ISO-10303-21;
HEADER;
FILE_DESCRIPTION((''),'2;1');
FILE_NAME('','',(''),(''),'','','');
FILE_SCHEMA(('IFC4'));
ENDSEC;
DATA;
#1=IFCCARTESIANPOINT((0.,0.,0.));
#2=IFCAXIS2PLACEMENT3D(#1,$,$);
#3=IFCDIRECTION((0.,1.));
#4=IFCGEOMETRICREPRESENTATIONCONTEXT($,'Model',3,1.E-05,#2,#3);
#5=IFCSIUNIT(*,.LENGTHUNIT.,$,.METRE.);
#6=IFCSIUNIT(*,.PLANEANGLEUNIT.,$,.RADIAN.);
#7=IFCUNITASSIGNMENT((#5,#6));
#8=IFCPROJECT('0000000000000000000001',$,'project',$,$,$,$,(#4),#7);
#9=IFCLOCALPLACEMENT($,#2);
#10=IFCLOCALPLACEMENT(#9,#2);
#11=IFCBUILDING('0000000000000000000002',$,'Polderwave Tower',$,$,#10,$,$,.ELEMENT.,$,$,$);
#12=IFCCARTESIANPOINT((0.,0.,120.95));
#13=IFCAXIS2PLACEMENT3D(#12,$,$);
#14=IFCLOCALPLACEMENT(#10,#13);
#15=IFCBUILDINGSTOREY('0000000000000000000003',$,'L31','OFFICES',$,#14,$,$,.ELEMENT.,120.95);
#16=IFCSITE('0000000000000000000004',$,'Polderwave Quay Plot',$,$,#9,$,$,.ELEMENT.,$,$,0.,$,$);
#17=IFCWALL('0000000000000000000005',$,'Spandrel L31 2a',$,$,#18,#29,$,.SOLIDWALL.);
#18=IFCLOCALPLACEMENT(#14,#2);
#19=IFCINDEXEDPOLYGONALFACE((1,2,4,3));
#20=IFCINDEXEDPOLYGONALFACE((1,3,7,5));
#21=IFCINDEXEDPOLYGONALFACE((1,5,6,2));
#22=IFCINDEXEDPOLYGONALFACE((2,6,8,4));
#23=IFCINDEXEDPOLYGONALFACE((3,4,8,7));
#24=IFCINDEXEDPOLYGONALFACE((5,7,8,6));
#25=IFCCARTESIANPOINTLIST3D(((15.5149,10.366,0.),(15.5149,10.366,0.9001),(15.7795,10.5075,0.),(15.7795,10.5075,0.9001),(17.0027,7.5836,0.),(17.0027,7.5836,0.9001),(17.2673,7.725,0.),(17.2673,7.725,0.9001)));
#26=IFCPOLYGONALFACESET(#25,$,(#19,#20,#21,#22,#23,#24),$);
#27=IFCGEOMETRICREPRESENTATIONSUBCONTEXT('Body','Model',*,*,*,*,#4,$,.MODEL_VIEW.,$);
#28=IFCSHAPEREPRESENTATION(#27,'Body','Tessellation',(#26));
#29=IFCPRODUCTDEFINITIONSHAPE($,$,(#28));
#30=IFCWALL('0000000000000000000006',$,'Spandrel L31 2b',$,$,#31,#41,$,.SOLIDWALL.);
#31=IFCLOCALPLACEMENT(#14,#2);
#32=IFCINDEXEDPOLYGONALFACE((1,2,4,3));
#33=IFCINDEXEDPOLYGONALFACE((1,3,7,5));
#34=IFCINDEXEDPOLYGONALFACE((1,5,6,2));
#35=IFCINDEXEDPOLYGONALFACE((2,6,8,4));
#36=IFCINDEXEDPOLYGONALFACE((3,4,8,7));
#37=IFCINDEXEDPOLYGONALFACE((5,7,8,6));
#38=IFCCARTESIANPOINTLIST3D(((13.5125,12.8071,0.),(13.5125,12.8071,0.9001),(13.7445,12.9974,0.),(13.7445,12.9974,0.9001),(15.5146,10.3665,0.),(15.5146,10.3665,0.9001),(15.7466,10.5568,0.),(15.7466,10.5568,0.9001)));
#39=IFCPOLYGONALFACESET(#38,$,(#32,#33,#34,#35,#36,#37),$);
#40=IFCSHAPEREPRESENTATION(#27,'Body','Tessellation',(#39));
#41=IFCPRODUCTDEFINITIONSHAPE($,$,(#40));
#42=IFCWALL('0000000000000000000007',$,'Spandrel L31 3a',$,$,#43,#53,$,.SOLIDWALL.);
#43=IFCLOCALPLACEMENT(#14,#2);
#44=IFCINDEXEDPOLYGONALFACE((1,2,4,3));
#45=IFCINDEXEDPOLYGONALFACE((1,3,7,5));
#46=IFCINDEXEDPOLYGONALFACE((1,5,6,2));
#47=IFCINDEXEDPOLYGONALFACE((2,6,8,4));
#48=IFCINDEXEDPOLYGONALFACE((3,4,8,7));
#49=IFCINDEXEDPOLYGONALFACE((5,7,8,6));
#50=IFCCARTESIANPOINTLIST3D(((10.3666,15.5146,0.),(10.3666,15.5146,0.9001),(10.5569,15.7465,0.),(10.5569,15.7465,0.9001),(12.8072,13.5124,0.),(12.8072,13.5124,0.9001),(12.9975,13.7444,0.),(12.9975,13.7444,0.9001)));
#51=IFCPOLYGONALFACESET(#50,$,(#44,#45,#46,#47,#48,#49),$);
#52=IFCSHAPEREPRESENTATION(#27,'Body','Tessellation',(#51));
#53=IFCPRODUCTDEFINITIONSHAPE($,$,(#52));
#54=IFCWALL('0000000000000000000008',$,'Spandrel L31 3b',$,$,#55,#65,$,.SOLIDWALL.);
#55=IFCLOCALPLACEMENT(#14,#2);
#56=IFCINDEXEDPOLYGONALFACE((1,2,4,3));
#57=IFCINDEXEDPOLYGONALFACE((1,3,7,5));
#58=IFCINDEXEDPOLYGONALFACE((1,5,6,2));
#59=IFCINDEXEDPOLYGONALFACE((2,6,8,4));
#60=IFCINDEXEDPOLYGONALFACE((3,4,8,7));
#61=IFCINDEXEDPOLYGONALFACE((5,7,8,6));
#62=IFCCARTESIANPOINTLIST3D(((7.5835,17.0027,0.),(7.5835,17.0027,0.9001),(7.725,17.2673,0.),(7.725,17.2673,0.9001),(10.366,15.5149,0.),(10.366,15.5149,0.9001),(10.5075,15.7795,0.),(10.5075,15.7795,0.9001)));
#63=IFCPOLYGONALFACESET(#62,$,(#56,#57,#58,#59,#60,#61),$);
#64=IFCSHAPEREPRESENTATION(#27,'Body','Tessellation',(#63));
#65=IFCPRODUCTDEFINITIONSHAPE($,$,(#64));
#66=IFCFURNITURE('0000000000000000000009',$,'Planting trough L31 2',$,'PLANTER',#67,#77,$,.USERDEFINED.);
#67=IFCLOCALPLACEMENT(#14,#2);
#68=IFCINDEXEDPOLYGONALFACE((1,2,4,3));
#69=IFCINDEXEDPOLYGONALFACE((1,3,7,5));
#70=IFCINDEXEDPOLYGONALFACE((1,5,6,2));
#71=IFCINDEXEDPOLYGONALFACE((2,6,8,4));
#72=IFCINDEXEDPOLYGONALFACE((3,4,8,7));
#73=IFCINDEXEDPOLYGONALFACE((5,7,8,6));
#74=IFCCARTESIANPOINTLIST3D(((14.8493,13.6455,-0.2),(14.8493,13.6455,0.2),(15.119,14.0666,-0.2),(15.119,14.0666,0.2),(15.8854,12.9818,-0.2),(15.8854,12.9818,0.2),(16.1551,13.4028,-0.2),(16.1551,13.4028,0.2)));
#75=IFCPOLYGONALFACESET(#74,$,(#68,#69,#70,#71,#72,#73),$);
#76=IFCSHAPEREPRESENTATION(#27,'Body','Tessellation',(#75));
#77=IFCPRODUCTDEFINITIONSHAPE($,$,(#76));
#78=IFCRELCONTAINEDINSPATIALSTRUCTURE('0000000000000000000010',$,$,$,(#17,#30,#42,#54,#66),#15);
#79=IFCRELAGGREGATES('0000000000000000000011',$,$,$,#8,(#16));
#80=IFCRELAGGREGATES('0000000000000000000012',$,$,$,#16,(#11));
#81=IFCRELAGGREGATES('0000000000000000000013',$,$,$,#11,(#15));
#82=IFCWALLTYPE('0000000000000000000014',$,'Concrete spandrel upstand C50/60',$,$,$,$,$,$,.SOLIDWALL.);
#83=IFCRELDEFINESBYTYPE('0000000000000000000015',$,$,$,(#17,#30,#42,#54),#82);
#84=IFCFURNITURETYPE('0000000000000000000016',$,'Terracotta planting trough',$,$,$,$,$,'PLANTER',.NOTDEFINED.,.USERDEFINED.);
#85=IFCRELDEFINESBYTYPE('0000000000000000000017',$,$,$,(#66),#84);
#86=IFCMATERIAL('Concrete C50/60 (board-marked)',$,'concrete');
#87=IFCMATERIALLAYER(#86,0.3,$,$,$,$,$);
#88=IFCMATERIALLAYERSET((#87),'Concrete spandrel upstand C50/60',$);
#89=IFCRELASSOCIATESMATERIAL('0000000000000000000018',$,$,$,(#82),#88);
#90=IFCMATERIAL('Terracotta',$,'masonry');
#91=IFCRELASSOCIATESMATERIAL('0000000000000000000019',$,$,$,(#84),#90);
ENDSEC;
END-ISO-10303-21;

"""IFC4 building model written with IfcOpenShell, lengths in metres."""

from ifc_helpers import new_model, si_unit, direction, frame, frame_2d, origin, origin_2d, place, context, subcontext, project, spatial, rectangle, extrude, material, layer, layer_set, type_object, element, save


model = new_model("IFC4")

# Units and contexts
model_context = context("Model", 3, precision=1e-05, world=origin(), true_north=direction((0.0, 1.0)))
body_context = subcontext(model_context, "Body", "Model", "MODEL_VIEW")
ifc_project = project(units=[si_unit("LENGTHUNIT", "METRE"), si_unit("PLANEANGLEUNIT", "RADIAN")], contexts=[model_context])

# Site, building, storey
site_placement = place(None, origin())
site = spatial("IfcSite", under=ifc_project, at=site_placement, Name="Polderwave Quay Plot", CompositionType="ELEMENT", RefElevation=0.0)
building_placement = place(site_placement, origin())
building = spatial("IfcBuilding", under=site, at=building_placement, Name="Polderwave Tower", CompositionType="ELEMENT")
storey_placement = place(building_placement, frame((0.0, 0.0, 120.95)))
storey = spatial("IfcBuildingStorey", under=building, at=storey_placement, Name="L31", Description="OFFICES", CompositionType="ELEMENT", Elevation=120.95)

# Walls
ifc_material_1 = material(Name="Concrete C50/60 (board-marked)", Category="concrete")
ifc_layer_1 = layer(ifc_material_1, 0.3)
ifc_layer_set_1 = layer_set([ifc_layer_1], Name="Concrete spandrel upstand C50/60")
wall_type = type_object("IfcWallType", Name="Concrete spandrel upstand C50/60", PredefinedType="SOLIDWALL", material=ifc_layer_set_1)
wall_1_placement = place(storey_placement, frame((17.135, 7.6543, 0.0), z_axis=(0.0, 0.0, 1.0), x_axis=(-0.471528, 0.881851, 0.0)))
element("IfcWall", 1, at=wall_1_placement, inside=storey, type_object=wall_type, Name="Spandrel L31 2a", PredefinedType="SOLIDWALL", context=body_context, shape_type="SweptSolid", body=[
    extrude(rectangle(XDim=3.1553, YDim=0.3, at=frame_2d((1.5776, 0.0))), origin(), (0.0, 0.0, 1.0), 0.9001),
])
for number, where, z_axis, x_axis, name in (
    (2, (15.6306, 10.4617, 0.0), (0.0, 0.0, 1.0), (-0.63424, 0.773137, 0.0), "Spandrel L31 2b"),
    (3, (12.9023, 13.6284, 0.0), (0.0, 0.0, 1.0), (-0.773137, 0.63424, 0.0), "Spandrel L31 3a"),
):
    element("IfcWall", number, at=place(storey_placement, frame(where, z_axis=z_axis, x_axis=x_axis)), inside=storey, type_object=wall_type, Name=name, PredefinedType="SOLIDWALL", context=body_context, shape_type="SweptSolid", body=[
        extrude(rectangle(XDim=3.1567, YDim=0.3, at=frame_2d((1.5784, 0.0))), origin(), (0.0, 0.0, 1.0), 0.9001),
    ])
wall_2_placement = place(storey_placement, frame((10.4368, 15.6472, 0.0), z_axis=(0.0, 0.0, 1.0), x_axis=(-0.881851, 0.471528, 0.0)))
element("IfcWall", 4, at=wall_2_placement, inside=storey, type_object=wall_type, Name="Spandrel L31 3b", PredefinedType="SOLIDWALL", context=body_context, shape_type="SweptSolid", body=[
    extrude(rectangle(XDim=3.1553, YDim=0.3, at=frame_2d((1.5776, 0.0))), origin(), (0.0, 0.0, 1.0), 0.9001),
])

# Furniture
ifc_material_2 = material(Name="Terracotta", Category="masonry")
furniture_type = type_object("IfcFurnitureType", Name="Terracotta planting trough", ElementType="PLANTER", AssemblyPlace="NOTDEFINED", PredefinedType="USERDEFINED", material=ifc_material_2)
furniture_placement = place(storey_placement, frame((15.5022, 13.5242, -0.2), z_axis=(0.0, 0.0, 1.0), x_axis=(-0.842029, 0.539432, 0.0)))
element("IfcFurniture", 5, at=furniture_placement, inside=storey, type_object=furniture_type, Name="Planting trough L31 2", ObjectType="PLANTER", PredefinedType="USERDEFINED", context=body_context, shape_type="SweptSolid", body=[
    extrude(rectangle(XDim=1.2305, YDim=0.5, at=origin_2d()), origin(), (0.0, 0.0, 1.0), 0.3999),
])

save(model, "model.ifc")
